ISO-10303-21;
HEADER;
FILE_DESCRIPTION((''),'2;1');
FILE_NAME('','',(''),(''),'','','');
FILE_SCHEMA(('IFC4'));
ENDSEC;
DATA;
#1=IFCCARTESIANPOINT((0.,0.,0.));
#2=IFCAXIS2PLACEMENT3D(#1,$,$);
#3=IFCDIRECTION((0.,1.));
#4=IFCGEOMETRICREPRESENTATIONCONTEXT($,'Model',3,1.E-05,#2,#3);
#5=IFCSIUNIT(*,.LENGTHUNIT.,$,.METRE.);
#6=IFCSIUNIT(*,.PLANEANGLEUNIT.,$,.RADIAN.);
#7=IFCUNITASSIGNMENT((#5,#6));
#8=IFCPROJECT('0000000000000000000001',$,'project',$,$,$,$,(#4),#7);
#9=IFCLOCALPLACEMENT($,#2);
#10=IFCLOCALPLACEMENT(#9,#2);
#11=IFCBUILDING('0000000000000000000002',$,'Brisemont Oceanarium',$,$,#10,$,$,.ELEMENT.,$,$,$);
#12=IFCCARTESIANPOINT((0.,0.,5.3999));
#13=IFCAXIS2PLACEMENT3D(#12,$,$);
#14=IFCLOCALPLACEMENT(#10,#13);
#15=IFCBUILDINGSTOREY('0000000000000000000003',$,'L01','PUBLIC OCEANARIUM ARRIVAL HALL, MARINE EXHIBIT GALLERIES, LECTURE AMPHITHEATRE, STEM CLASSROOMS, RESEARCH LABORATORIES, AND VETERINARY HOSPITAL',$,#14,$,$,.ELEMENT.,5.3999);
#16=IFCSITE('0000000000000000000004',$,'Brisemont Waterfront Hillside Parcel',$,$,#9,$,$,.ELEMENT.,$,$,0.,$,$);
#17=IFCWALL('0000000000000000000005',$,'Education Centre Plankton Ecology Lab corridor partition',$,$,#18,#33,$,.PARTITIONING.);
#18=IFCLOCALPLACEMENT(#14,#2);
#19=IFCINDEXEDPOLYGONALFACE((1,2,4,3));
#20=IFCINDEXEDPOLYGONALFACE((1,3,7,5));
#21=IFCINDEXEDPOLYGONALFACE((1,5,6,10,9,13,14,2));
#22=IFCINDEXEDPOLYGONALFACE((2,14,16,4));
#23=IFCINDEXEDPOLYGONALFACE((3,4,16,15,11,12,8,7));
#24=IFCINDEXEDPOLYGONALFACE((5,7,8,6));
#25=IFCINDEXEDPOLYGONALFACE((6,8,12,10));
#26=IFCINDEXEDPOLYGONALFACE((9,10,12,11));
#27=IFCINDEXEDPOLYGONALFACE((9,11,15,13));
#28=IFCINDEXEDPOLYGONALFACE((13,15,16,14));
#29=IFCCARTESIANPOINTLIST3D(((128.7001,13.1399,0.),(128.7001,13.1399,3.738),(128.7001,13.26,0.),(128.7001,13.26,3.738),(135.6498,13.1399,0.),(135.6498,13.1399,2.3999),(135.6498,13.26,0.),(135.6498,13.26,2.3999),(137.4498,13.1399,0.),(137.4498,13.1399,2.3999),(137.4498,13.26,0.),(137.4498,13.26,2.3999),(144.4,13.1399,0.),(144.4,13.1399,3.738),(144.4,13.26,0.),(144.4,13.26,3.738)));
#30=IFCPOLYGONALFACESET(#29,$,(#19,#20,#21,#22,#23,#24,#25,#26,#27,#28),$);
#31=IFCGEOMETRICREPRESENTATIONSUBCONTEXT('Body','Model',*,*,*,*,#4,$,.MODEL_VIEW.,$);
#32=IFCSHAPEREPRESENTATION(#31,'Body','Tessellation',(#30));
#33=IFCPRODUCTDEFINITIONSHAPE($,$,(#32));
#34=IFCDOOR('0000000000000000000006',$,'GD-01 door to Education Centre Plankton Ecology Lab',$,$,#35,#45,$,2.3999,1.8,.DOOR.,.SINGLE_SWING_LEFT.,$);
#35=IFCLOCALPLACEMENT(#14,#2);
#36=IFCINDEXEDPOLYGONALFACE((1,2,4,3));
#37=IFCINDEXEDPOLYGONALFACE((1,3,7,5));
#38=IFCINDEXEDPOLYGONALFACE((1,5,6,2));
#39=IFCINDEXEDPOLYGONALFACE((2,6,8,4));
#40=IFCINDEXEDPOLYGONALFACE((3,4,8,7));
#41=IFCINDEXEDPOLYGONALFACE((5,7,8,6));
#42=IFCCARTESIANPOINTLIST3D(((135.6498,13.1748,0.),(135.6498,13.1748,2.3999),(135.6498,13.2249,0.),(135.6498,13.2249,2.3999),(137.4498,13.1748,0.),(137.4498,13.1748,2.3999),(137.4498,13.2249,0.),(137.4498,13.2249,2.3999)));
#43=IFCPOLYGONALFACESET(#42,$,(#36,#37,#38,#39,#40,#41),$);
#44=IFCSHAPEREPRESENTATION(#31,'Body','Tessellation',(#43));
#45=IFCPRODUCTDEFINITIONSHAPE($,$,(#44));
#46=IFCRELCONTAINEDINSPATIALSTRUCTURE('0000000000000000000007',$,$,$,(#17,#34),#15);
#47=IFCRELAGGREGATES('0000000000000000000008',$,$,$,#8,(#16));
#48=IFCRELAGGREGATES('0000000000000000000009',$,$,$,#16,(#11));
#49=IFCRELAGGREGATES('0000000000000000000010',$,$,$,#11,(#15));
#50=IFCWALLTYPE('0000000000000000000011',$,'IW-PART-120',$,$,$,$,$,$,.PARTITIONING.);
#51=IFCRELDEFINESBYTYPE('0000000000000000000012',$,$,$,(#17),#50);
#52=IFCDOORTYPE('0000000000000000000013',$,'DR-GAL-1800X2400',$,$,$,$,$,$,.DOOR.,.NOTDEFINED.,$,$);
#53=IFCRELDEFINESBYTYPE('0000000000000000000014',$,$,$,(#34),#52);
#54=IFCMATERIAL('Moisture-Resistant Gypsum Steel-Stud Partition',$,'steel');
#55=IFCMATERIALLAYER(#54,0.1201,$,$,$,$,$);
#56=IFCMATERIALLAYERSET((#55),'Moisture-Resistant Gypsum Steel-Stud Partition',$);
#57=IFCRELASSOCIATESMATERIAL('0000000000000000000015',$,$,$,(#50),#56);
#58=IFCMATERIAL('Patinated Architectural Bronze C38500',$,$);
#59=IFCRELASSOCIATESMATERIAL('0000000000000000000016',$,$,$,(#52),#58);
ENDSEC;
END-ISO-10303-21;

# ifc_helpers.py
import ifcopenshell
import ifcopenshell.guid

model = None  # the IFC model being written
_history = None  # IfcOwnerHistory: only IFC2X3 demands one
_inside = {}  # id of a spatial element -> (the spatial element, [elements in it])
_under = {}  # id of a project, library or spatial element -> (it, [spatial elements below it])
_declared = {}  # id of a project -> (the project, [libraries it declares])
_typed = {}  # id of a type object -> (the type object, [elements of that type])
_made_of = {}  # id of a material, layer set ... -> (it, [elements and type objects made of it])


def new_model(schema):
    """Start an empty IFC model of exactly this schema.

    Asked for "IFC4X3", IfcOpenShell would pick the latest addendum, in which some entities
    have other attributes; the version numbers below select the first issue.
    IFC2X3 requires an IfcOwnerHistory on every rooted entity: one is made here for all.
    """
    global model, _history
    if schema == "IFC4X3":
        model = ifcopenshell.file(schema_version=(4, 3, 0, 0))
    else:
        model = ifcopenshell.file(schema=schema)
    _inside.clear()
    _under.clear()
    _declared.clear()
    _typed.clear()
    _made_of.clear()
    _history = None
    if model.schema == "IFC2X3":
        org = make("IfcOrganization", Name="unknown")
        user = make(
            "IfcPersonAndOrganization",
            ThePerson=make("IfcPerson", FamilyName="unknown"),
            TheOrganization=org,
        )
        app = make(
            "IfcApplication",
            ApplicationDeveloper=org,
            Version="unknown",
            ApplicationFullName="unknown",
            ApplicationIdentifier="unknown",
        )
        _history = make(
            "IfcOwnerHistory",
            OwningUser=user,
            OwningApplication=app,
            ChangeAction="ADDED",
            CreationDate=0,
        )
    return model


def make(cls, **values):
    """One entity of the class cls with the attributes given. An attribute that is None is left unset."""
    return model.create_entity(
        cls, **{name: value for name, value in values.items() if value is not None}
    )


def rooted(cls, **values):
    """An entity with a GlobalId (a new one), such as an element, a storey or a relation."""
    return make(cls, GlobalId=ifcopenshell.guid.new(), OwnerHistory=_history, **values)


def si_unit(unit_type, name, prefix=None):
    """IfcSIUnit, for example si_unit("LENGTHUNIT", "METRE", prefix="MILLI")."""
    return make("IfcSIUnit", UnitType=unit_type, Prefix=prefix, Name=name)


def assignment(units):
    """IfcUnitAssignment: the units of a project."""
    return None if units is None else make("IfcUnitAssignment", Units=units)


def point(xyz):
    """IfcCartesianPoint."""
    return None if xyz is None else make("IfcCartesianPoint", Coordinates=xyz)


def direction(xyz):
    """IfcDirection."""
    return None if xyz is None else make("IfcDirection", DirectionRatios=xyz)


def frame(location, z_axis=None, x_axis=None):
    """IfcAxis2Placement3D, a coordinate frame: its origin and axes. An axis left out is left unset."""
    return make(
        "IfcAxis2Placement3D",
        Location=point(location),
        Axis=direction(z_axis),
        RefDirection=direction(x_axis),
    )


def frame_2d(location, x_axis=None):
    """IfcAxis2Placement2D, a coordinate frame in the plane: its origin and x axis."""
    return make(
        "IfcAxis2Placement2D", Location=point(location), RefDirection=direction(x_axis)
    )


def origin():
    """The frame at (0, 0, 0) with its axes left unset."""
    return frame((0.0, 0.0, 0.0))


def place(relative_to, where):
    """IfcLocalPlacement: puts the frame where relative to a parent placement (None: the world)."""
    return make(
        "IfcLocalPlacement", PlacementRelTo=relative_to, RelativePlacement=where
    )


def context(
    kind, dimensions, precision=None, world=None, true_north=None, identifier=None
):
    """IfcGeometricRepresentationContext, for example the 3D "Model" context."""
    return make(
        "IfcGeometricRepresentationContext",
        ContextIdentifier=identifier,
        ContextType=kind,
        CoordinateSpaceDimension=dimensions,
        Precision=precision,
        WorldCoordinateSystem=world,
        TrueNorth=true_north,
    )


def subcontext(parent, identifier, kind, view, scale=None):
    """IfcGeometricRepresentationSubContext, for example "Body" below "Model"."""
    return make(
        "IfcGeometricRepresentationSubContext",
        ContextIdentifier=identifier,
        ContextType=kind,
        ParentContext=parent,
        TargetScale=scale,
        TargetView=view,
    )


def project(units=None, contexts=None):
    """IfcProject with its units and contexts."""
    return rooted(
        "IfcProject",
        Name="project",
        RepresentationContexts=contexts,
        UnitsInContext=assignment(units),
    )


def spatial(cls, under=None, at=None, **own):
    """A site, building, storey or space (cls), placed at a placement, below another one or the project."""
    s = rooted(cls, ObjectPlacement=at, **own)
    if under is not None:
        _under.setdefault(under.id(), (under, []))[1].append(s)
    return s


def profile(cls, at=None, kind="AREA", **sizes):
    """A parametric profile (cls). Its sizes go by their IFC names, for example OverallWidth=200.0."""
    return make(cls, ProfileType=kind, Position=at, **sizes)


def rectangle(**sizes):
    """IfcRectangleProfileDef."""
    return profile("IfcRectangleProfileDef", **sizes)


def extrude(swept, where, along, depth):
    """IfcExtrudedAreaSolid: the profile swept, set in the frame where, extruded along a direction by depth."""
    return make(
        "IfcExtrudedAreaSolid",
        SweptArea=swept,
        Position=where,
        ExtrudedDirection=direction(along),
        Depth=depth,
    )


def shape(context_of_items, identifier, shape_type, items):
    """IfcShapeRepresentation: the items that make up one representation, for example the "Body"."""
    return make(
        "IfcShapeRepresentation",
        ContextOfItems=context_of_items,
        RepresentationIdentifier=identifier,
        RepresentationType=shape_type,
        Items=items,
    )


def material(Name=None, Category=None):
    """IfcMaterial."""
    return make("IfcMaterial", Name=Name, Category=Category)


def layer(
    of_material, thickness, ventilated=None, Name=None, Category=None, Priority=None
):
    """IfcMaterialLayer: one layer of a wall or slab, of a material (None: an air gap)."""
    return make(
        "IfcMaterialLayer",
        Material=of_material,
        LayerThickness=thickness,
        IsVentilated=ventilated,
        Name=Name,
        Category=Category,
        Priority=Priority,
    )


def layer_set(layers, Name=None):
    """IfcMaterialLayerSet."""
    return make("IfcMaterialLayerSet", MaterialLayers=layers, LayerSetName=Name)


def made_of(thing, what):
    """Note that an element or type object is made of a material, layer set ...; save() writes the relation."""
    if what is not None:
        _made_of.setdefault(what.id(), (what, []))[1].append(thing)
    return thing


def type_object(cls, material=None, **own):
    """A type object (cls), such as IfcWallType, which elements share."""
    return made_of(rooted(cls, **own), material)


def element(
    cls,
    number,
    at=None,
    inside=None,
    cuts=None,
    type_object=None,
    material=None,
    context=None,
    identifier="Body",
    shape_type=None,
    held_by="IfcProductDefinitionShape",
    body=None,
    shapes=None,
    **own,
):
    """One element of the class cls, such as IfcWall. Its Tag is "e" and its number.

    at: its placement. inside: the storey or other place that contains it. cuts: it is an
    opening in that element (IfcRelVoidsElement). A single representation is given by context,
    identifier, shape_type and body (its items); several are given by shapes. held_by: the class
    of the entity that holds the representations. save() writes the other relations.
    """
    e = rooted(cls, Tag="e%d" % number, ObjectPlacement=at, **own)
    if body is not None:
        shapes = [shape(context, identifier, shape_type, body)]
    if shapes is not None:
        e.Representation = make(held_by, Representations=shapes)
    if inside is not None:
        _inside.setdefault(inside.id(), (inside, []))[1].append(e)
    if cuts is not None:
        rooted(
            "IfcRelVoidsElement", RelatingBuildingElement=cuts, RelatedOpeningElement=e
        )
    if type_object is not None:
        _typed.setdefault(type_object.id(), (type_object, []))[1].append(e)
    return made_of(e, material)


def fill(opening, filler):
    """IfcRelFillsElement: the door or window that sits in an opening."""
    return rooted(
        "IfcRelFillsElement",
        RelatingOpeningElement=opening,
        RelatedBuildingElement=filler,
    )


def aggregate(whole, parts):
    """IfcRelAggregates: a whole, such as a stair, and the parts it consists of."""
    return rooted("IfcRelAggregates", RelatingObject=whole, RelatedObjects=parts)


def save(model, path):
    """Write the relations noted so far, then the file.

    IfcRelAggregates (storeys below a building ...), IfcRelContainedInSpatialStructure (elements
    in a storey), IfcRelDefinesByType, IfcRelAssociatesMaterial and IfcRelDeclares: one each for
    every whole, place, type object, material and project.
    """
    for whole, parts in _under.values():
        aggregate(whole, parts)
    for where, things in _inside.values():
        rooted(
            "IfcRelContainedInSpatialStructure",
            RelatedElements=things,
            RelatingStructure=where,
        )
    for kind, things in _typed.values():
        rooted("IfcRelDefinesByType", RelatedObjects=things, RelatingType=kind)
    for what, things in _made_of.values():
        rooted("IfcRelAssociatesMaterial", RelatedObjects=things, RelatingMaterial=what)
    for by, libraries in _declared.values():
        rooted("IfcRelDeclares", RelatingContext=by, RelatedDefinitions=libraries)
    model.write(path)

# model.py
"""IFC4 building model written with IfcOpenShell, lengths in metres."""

from ifc_helpers import new_model, si_unit, direction, frame, frame_2d, origin, place, context, subcontext, project, spatial, rectangle, extrude, material, layer, layer_set, type_object, element, fill, save


model = new_model("IFC4")

# Units and contexts
model_context = context("Model", 3, precision=1e-05, world=origin(), true_north=direction((0.0, 1.0)))
body_context = subcontext(model_context, "Body", "Model", "MODEL_VIEW")
ifc_project = project(units=[si_unit("LENGTHUNIT", "METRE"), si_unit("PLANEANGLEUNIT", "RADIAN")], contexts=[model_context])

# Site, building, storey
site_placement = place(None, origin())
site = spatial("IfcSite", under=ifc_project, at=site_placement, Name="Brisemont Waterfront Hillside Parcel", CompositionType="ELEMENT", RefElevation=0.0)
building_placement = place(site_placement, origin())
building = spatial("IfcBuilding", under=site, at=building_placement, Name="Brisemont Oceanarium", CompositionType="ELEMENT")
storey_placement = place(building_placement, frame((0.0, 0.0, 5.3999)))
storey = spatial("IfcBuildingStorey", under=building, at=storey_placement, Name="L01", Description="PUBLIC OCEANARIUM ARRIVAL HALL, MARINE EXHIBIT GALLERIES, LECTURE AMPHITHEATRE, STEM CLASSROOMS, RESEARCH LABORATORIES, AND VETERINARY HOSPITAL", CompositionType="ELEMENT", Elevation=5.3999)

# Wall, opening, door
ifc_material_1 = material(Name="Moisture-Resistant Gypsum Steel-Stud Partition", Category="steel")
ifc_layer = layer(ifc_material_1, 0.1201)
ifc_layer_set = layer_set([ifc_layer], Name="Moisture-Resistant Gypsum Steel-Stud Partition")
wall_type = type_object("IfcWallType", Name="IW-PART-120", PredefinedType="PARTITIONING", material=ifc_layer_set)
wall_placement = place(storey_placement, frame((128.7, 13.2, 0.0), z_axis=(0.0, 0.0, 1.0), x_axis=(1.0, 0.0, 0.0)))
wall = element("IfcWall", 1, at=wall_placement, inside=storey, type_object=wall_type, Name="Education Centre Plankton Ecology Lab corridor partition", PredefinedType="PARTITIONING", context=body_context, shape_type="SweptSolid", body=[
    extrude(rectangle(XDim=15.7, YDim=0.1201, at=frame_2d((7.8501, 0.0))), origin(), (0.0, 0.0, 1.0), 3.738),
])
opening_placement = place(wall_placement, frame((6.95, 0.0, 0.0)))
opening = element("IfcOpeningElement", 2, at=opening_placement, cuts=wall, PredefinedType="OPENING", context=body_context, shape_type="SweptSolid", body=[
    extrude(rectangle(XDim=1.8, YDim=2.3999, at=frame_2d((0.8999, 1.2))), frame((0.0, 0.0701, 0.0), z_axis=(0.0, -1.0, 0.0), x_axis=(1.0, 0.0, 0.0)), (0.0, 0.0, 1.0), 0.1401),
])
ifc_material_2 = material(Name="Patinated Architectural Bronze C38500")
door_type = type_object("IfcDoorType", Name="DR-GAL-1800X2400", OperationType="NOTDEFINED", PredefinedType="DOOR", material=ifc_material_2)
door_placement = place(opening_placement, origin())
door = element("IfcDoor", 3, at=door_placement, inside=storey, type_object=door_type, Name="GD-01 door to Education Centre Plankton Ecology Lab", OperationType="SINGLE_SWING_LEFT", OverallHeight=2.3999, OverallWidth=1.8, PredefinedType="DOOR", context=body_context, shape_type="SweptSolid", body=[
    extrude(rectangle(XDim=1.8, YDim=2.3999, at=frame_2d((0.8999, 1.2))), frame((0.0, 0.0249, 0.0), z_axis=(0.0, -1.0, 0.0), x_axis=(1.0, 0.0, 0.0)), (0.0, 0.0, 1.0), 0.05),
])
fill(opening, door)

save(model, "model.ifc")
